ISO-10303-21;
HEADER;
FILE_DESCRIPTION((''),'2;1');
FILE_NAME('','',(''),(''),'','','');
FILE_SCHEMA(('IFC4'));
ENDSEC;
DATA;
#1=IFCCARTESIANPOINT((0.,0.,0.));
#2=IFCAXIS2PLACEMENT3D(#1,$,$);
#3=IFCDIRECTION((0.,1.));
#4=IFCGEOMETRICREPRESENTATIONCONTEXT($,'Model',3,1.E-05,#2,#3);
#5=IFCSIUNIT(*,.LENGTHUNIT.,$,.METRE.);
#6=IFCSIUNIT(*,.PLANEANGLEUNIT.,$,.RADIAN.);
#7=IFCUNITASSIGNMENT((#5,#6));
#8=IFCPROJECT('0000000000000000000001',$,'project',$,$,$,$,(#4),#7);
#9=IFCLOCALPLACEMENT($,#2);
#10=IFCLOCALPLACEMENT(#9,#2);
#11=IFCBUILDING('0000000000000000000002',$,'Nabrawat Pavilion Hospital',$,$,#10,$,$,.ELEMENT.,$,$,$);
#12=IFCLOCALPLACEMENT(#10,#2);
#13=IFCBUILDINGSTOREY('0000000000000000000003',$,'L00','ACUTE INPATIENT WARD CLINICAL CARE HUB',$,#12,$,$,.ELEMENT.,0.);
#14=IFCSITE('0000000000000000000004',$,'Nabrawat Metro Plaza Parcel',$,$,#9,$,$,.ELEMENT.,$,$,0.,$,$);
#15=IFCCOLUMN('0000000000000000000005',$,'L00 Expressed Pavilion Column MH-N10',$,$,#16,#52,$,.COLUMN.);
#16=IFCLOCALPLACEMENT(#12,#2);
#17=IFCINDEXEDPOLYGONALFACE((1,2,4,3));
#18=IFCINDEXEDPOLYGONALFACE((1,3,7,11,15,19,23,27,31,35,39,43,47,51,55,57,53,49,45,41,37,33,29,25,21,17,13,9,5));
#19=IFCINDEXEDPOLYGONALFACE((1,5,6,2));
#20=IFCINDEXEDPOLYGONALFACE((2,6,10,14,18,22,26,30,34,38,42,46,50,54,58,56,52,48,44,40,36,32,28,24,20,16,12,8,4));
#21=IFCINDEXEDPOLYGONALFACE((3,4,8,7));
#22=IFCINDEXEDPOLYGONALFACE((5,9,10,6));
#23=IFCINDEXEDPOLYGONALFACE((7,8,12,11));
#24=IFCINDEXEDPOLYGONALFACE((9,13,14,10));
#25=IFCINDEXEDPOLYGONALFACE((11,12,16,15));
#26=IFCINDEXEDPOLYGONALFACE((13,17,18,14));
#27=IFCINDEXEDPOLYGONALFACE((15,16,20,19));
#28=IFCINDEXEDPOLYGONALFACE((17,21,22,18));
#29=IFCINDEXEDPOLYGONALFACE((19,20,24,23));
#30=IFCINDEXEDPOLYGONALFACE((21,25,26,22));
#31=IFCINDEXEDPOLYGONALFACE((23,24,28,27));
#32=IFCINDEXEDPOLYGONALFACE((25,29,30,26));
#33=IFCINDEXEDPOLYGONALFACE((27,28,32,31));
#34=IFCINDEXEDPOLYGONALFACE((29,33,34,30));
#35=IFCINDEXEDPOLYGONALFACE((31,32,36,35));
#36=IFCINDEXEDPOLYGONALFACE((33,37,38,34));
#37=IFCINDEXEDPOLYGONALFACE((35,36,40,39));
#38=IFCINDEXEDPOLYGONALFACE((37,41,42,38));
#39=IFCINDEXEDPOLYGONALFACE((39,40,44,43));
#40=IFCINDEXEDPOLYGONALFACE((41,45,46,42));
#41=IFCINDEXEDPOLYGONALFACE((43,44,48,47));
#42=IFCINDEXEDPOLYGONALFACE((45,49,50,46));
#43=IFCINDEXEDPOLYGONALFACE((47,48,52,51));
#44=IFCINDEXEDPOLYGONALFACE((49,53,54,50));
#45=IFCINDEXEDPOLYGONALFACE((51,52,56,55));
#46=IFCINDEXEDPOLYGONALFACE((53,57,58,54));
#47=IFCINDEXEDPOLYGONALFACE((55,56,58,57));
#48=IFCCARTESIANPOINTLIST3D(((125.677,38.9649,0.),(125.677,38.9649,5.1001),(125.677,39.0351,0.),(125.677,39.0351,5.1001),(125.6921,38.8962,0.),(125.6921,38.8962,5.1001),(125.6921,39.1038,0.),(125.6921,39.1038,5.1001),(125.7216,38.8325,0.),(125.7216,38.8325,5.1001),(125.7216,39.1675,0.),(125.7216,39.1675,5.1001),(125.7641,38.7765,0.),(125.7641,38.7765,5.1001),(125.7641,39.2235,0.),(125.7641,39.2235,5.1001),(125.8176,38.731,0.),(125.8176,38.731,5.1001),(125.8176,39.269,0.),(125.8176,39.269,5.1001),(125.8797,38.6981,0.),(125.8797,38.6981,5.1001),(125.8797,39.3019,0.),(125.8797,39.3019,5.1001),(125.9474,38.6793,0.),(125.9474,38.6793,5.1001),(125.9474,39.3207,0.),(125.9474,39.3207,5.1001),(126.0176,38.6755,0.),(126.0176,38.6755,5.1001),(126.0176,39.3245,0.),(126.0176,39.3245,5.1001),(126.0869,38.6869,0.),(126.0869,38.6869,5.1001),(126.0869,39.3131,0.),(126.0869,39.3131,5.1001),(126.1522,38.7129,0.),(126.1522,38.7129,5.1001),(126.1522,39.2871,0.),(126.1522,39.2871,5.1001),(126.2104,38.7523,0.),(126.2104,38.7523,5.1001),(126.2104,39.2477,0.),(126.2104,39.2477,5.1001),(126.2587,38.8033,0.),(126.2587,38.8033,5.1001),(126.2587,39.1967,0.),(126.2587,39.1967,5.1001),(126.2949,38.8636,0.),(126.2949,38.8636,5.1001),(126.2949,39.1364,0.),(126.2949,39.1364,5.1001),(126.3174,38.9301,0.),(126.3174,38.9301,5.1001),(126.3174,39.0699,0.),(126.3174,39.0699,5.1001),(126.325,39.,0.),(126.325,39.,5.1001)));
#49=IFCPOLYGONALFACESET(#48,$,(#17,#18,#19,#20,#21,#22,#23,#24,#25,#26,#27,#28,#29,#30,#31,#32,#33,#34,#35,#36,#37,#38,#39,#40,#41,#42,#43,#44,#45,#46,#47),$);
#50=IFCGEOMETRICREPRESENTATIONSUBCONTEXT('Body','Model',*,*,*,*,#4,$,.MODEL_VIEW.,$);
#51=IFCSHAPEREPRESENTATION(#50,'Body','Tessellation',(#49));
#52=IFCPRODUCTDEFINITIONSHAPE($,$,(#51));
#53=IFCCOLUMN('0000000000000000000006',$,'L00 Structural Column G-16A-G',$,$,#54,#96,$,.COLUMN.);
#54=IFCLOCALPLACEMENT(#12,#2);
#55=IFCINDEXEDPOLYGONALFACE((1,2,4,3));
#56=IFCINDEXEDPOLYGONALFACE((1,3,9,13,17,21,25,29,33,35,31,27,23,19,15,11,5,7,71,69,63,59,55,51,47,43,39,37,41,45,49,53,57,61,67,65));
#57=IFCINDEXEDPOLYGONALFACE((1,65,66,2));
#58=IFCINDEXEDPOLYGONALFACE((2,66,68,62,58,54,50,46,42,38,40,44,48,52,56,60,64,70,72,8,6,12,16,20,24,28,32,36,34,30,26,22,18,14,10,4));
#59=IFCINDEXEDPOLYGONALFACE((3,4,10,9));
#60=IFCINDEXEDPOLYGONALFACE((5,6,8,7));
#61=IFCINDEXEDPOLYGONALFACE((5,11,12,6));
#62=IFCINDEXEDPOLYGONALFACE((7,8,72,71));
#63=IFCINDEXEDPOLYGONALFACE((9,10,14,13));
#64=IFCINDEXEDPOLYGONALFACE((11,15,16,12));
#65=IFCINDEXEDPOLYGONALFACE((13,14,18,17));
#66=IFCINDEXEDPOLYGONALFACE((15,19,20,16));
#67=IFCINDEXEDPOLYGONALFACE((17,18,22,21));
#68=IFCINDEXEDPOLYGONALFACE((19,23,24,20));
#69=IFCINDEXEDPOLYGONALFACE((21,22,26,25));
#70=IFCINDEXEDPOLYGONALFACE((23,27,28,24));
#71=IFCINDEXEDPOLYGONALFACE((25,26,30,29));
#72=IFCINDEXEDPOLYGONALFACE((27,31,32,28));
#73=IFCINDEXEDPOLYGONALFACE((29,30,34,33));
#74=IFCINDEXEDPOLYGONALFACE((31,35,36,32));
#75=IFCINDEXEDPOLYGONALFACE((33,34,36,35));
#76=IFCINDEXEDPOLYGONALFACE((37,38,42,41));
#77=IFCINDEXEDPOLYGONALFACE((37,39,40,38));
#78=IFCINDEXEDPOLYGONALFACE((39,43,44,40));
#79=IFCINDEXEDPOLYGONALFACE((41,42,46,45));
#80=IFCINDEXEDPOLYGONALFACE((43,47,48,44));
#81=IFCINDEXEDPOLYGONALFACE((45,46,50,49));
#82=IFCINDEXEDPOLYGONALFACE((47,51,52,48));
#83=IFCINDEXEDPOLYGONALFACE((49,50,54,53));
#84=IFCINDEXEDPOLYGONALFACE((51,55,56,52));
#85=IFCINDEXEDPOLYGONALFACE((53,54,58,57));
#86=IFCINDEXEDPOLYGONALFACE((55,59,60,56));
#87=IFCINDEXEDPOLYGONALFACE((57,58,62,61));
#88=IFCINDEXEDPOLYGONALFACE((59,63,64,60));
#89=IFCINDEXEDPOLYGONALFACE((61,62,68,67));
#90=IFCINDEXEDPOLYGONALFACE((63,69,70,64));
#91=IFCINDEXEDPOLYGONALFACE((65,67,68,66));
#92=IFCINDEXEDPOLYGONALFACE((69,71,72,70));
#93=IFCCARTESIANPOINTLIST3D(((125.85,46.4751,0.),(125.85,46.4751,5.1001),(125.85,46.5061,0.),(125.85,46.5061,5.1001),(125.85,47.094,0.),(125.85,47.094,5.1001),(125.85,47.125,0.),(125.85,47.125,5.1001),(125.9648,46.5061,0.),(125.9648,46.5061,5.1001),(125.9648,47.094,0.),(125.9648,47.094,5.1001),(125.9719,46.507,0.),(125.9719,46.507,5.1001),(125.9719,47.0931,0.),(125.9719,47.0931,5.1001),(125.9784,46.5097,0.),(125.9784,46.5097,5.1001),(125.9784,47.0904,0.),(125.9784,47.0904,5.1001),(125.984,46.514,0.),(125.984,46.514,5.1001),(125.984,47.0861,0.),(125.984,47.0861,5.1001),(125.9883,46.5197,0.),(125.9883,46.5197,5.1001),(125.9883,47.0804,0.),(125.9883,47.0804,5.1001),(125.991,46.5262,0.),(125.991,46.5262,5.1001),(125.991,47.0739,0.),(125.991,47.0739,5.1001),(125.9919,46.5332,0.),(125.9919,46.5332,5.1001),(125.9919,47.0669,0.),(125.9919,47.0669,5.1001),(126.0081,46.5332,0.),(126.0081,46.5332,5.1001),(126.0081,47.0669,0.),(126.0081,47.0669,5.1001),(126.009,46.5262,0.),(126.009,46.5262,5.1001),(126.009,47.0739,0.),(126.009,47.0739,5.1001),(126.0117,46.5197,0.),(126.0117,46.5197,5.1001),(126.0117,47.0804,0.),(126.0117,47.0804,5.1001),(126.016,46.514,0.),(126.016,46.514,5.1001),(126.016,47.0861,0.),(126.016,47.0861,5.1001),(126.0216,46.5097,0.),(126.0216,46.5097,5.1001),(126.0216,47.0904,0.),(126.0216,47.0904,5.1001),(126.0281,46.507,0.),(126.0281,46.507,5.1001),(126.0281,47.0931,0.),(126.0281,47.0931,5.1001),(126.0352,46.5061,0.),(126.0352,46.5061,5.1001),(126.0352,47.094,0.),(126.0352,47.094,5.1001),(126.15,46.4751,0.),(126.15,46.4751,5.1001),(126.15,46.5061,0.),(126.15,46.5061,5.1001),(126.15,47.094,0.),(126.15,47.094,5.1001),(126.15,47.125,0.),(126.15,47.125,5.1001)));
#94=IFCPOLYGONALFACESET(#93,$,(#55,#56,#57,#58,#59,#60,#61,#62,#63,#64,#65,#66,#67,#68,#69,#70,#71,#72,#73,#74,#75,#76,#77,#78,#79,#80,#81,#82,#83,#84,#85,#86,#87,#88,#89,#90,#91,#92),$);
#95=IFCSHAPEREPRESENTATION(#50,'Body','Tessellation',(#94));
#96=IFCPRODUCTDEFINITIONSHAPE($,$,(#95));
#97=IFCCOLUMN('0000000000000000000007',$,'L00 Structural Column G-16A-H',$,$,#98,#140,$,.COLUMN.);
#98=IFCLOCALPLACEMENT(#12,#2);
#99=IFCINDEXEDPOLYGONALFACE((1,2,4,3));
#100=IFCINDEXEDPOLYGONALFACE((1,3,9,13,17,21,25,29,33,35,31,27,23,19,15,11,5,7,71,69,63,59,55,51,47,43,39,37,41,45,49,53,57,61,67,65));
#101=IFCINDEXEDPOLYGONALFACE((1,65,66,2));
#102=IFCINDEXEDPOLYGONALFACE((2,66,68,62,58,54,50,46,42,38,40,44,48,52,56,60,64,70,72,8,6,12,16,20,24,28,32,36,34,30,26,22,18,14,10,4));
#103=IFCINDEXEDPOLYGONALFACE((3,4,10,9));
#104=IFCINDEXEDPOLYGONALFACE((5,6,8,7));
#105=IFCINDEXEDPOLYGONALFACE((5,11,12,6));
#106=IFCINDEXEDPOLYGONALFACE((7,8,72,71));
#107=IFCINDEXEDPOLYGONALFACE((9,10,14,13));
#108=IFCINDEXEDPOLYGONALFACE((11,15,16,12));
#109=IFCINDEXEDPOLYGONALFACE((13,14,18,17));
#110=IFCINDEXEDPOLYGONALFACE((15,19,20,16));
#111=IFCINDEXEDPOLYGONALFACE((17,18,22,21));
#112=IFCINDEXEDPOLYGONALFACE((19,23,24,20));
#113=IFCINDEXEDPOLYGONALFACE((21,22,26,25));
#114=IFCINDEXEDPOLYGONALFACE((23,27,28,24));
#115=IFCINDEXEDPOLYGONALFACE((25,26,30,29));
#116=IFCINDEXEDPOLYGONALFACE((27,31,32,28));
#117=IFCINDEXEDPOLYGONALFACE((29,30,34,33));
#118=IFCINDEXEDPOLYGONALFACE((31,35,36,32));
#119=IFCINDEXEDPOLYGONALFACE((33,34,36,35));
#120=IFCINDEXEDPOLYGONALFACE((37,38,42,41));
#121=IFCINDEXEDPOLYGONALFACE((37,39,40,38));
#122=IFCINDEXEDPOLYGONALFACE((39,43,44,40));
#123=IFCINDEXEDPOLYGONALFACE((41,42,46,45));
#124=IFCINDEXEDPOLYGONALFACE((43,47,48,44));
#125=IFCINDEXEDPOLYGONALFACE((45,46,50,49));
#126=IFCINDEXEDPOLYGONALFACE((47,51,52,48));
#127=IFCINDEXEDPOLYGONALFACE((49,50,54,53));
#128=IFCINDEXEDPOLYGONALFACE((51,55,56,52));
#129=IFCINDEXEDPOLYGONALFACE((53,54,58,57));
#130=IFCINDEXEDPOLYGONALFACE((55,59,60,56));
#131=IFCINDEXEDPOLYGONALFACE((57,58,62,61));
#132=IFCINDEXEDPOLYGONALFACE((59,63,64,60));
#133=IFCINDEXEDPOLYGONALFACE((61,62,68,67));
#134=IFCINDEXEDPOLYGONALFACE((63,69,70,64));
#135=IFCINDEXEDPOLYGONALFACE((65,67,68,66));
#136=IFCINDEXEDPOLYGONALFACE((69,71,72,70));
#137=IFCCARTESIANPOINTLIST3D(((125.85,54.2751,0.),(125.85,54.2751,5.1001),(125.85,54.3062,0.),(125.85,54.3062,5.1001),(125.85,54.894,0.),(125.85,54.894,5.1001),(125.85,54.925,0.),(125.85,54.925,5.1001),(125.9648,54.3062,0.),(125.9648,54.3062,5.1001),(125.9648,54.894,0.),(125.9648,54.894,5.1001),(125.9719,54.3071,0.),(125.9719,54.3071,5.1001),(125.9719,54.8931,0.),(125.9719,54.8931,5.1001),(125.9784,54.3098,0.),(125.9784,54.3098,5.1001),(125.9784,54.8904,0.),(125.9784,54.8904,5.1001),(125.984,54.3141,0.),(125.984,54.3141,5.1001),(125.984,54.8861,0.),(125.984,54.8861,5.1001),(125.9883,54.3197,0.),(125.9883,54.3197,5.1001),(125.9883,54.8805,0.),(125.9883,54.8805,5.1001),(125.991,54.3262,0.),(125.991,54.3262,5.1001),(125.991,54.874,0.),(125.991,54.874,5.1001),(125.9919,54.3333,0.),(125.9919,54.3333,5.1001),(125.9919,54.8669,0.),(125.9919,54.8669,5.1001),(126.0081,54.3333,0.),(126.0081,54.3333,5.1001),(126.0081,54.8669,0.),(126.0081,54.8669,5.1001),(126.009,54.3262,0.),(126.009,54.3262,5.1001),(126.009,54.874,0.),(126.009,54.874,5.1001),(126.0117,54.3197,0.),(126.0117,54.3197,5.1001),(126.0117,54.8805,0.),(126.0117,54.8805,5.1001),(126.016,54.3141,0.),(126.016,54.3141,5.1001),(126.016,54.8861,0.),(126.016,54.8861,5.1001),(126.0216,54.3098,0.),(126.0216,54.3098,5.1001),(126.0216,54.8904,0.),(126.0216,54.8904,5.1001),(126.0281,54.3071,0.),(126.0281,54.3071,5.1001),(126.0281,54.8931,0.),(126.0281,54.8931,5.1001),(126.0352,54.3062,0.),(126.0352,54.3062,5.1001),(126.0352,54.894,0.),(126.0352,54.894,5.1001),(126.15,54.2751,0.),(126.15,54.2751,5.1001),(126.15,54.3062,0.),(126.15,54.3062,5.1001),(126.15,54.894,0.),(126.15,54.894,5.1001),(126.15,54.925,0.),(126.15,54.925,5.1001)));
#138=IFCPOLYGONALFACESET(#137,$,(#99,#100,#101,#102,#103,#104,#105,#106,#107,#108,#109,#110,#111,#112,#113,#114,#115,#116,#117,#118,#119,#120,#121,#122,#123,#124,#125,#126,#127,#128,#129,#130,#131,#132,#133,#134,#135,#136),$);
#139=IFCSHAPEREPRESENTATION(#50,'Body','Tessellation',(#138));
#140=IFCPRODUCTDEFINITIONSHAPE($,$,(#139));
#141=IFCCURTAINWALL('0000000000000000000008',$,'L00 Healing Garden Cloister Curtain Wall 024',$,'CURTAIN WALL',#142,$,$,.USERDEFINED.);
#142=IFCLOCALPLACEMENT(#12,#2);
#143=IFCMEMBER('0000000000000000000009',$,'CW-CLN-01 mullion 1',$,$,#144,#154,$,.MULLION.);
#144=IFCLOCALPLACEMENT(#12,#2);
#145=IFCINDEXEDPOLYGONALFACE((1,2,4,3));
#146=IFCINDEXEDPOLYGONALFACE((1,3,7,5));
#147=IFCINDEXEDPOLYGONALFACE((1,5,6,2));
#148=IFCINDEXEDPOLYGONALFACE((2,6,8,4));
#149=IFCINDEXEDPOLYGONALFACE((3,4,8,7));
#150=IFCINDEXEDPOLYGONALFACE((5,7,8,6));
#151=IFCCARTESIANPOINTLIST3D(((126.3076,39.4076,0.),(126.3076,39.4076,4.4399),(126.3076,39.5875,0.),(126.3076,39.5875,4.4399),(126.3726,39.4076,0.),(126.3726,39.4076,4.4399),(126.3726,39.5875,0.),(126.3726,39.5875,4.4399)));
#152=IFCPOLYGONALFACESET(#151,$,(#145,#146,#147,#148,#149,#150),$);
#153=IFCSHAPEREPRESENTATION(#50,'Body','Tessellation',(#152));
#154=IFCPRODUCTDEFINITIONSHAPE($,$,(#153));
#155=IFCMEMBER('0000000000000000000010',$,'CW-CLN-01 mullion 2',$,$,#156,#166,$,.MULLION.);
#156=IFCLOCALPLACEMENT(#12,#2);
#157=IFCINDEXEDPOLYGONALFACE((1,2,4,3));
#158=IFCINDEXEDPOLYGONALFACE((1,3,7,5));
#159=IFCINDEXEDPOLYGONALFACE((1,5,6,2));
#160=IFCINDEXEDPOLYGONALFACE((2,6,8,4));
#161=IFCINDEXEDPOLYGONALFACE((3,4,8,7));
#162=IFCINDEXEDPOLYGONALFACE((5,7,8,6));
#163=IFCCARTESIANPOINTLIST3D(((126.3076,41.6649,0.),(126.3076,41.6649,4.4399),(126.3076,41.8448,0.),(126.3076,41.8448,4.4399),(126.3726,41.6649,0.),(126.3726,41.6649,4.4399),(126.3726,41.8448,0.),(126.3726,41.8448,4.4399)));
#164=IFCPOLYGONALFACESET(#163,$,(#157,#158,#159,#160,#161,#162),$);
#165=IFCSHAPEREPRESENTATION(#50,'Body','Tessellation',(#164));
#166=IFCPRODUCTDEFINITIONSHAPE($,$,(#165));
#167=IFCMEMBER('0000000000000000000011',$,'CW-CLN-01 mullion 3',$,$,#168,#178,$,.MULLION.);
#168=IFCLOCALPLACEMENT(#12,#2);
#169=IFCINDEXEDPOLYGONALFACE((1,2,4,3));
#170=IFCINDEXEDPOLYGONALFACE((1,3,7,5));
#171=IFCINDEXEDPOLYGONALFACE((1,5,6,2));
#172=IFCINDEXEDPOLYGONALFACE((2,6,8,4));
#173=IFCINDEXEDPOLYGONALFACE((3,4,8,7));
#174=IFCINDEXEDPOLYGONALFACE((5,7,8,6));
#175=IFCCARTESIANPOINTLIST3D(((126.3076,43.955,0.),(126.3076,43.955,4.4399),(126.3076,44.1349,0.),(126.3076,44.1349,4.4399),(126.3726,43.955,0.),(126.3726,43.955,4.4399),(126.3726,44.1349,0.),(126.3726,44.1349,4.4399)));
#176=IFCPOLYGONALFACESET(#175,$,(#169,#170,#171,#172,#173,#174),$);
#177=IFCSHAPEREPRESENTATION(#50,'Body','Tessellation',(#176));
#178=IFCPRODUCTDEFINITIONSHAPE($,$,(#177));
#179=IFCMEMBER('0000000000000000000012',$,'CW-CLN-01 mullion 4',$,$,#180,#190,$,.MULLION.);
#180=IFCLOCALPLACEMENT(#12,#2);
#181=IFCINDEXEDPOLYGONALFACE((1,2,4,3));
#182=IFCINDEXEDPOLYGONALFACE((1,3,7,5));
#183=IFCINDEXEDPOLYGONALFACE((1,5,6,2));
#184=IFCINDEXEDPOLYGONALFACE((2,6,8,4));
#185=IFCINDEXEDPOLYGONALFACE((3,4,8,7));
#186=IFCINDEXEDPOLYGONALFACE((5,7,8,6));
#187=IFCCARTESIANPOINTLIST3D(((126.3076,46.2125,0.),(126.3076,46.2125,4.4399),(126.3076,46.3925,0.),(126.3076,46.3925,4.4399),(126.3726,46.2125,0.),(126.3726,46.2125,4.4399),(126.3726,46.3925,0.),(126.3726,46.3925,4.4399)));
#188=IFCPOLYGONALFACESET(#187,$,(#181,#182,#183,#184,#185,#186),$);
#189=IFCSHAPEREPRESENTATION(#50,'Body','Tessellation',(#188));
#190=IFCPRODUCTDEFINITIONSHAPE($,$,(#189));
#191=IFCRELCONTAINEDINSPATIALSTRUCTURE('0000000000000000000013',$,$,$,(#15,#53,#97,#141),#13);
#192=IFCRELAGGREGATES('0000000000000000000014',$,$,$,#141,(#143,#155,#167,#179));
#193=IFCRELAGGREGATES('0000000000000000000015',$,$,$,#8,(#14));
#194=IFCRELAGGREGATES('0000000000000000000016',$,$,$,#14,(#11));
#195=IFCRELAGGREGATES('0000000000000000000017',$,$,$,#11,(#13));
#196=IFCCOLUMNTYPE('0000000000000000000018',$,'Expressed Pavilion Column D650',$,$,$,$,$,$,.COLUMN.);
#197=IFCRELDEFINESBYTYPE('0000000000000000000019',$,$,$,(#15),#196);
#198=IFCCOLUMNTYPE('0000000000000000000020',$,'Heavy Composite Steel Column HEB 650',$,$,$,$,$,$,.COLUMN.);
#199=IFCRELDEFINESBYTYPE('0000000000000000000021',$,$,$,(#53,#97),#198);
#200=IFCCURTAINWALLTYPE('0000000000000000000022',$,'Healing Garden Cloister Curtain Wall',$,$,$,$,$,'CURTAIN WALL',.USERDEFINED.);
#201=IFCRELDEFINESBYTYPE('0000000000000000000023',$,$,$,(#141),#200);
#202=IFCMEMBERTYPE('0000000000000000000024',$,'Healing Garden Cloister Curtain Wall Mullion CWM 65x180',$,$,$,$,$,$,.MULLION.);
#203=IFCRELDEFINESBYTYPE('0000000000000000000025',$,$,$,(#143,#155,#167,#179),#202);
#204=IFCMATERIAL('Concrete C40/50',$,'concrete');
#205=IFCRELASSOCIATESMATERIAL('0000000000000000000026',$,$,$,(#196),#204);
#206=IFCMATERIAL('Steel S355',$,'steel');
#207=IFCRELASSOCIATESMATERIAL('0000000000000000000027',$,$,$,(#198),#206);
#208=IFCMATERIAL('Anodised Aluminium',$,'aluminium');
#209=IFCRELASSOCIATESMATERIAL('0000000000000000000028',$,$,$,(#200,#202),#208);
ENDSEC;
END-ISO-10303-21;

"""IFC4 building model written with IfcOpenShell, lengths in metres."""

from ifc_helpers import new_model, si_unit, direction, frame, origin, origin_2d, place, context, subcontext, project, spatial, rectangle, circle, i_section, extrude, material, material_profile, profile_set, type_object, element, aggregate, save


model = new_model("IFC4")

# Units and contexts
model_context = context("Model", 3, precision=1e-05, world=origin(), true_north=direction((0.0, 1.0)))
body_context = subcontext(model_context, "Body", "Model", "MODEL_VIEW")
ifc_project = project(units=[si_unit("LENGTHUNIT", "METRE"), si_unit("PLANEANGLEUNIT", "RADIAN")], contexts=[model_context])

# Site, building, storey
site_placement = place(None, origin())
site = spatial("IfcSite", under=ifc_project, at=site_placement, Name="Nabrawat Metro Plaza Parcel", CompositionType="ELEMENT", RefElevation=0.0)
building_placement = place(site_placement, origin())
building = spatial("IfcBuilding", under=site, at=building_placement, Name="Nabrawat Pavilion Hospital", CompositionType="ELEMENT")
storey_placement = place(building_placement, origin())
storey = spatial("IfcBuildingStorey", under=building, at=storey_placement, Name="L00", Description="ACUTE INPATIENT WARD CLINICAL CARE HUB", CompositionType="ELEMENT", Elevation=0.0)

# Columns
ifc_material_1 = material(Name="Concrete C40/50", Category="concrete")
ifc_material_profile_1 = material_profile(ifc_material_1, circle(Radius=0.325, at=origin_2d()), Name="RC D650")
ifc_profile_set_1 = profile_set([ifc_material_profile_1], Name="Concrete C40/50")
column_type_1 = type_object("IfcColumnType", Name="Expressed Pavilion Column D650", PredefinedType="COLUMN", material=ifc_profile_set_1)
column_placement = place(storey_placement, frame((126.0, 39.0, 0.0), z_axis=(0.0, 0.0, 1.0), x_axis=(1.0, 0.0, 0.0)))
element("IfcColumn", 1, at=column_placement, inside=storey, type_object=column_type_1, Name="L00 Expressed Pavilion Column MH-N10", PredefinedType="COLUMN", context=body_context, shape_type="SweptSolid", body=[
    extrude(circle(Radius=0.325, at=origin_2d()), origin(), (0.0, 0.0, 1.0), 5.1001),
])
ifc_material_2 = material(Name="Steel S355", Category="steel")
ifc_material_profile_2 = material_profile(ifc_material_2, i_section(OverallWidth=0.3, OverallDepth=0.6499, WebThickness=0.0161, FlangeThickness=0.031, FilletRadius=0.0271, at=origin_2d()), Name="HEB 650")
ifc_profile_set_2 = profile_set([ifc_material_profile_2], Name="Steel S355")
column_type_2 = type_object("IfcColumnType", Name="Heavy Composite Steel Column HEB 650", PredefinedType="COLUMN", material=ifc_profile_set_2)
for number, where, z_axis, x_axis, name in (
    (2, (126.0, 46.8, 0.0), (0.0, 0.0, 1.0), (1.0, 0.0, 0.0), "L00 Structural Column G-16A-G"),
    (3, (126.0, 54.6001, 0.0), (0.0, 0.0, 1.0), (1.0, 0.0, 0.0), "L00 Structural Column G-16A-H"),
):
    element("IfcColumn", number, at=place(storey_placement, frame(where, z_axis=z_axis, x_axis=x_axis)), inside=storey, type_object=column_type_2, Name=name, PredefinedType="COLUMN", context=body_context, shape_type="SweptSolid", body=[
        extrude(i_section(OverallWidth=0.3, OverallDepth=0.6499, WebThickness=0.0161, FlangeThickness=0.031, FilletRadius=0.0271, at=origin_2d()), origin(), (0.0, 0.0, 1.0), 5.1001),
    ])

# Curtain wall, members
ifc_material_3 = material(Name="Anodised Aluminium", Category="aluminium")
curtain_wall_type_1 = type_object("IfcCurtainWallType", Name="Healing Garden Cloister Curtain Wall", ElementType="CURTAIN WALL", PredefinedType="USERDEFINED", material=ifc_material_3)
curtain_wall_1_placement = place(storey_placement, origin())
curtain_wall_1 = element("IfcCurtainWall", 4, at=curtain_wall_1_placement, inside=storey, type_object=curtain_wall_type_1, Name="L00 Healing Garden Cloister Curtain Wall 024", ObjectType="CURTAIN WALL", PredefinedType="USERDEFINED")
ifc_material_profile_3 = material_profile(ifc_material_3, rectangle(XDim=0.0649, YDim=0.1799, at=origin_2d()), Name="CWM 65x180")
ifc_profile_set_3 = profile_set([ifc_material_profile_3], Name="Anodised Aluminium")
member_type_1 = type_object("IfcMemberType", Name="Healing Garden Cloister Curtain Wall Mullion CWM 65x180", PredefinedType="MULLION", material=ifc_profile_set_3)
member_1_placement = place(storey_placement, frame((126.3401, 39.4976, 0.0), z_axis=(0.0, 0.0, 1.0), x_axis=(-1.0, 0.0, 0.0)))
member_1 = element("IfcMember", 5, at=member_1_placement, type_object=member_type_1, Name="CW-CLN-01 mullion 1", PredefinedType="MULLION", context=body_context, shape_type="SweptSolid", body=[
    extrude(rectangle(XDim=0.0649, YDim=0.1799, at=origin_2d()), origin(), (0.0, 0.0, 1.0), 4.4399),
])
member_2_placement = place(storey_placement, frame((126.3401, 41.7549, 0.0), z_axis=(0.0, 0.0, 1.0), x_axis=(-1.0, 0.0, 0.0)))
member_2 = element("IfcMember", 6, at=member_2_placement, type_object=member_type_1, Name="CW-CLN-01 mullion 2", PredefinedType="MULLION", context=body_context, shape_type="SweptSolid", body=[
    extrude(rectangle(XDim=0.0649, YDim=0.1799, at=origin_2d()), origin(), (0.0, 0.0, 1.0), 4.4399),
])
member_3_placement = place(storey_placement, frame((126.3401, 44.0449, 0.0), z_axis=(0.0, 0.0, 1.0), x_axis=(-1.0, 0.0, 0.0)))
member_3 = element("IfcMember", 7, at=member_3_placement, type_object=member_type_1, Name="CW-CLN-01 mullion 3", PredefinedType="MULLION", context=body_context, shape_type="SweptSolid", body=[
    extrude(rectangle(XDim=0.0649, YDim=0.1799, at=origin_2d()), origin(), (0.0, 0.0, 1.0), 4.4399),
])
member_4_placement = place(storey_placement, frame((126.3401, 46.3025, 0.0), z_axis=(0.0, 0.0, 1.0), x_axis=(-1.0, 0.0, 0.0)))
member_4 = element("IfcMember", 8, at=member_4_placement, type_object=member_type_1, Name="CW-CLN-01 mullion 4", PredefinedType="MULLION", context=body_context, shape_type="SweptSolid", body=[
    extrude(rectangle(XDim=0.0649, YDim=0.1799, at=origin_2d()), origin(), (0.0, 0.0, 1.0), 4.4399),
])

aggregate(curtain_wall_1, [member_1, member_2, member_3, member_4])

save(model, "model.ifc")
